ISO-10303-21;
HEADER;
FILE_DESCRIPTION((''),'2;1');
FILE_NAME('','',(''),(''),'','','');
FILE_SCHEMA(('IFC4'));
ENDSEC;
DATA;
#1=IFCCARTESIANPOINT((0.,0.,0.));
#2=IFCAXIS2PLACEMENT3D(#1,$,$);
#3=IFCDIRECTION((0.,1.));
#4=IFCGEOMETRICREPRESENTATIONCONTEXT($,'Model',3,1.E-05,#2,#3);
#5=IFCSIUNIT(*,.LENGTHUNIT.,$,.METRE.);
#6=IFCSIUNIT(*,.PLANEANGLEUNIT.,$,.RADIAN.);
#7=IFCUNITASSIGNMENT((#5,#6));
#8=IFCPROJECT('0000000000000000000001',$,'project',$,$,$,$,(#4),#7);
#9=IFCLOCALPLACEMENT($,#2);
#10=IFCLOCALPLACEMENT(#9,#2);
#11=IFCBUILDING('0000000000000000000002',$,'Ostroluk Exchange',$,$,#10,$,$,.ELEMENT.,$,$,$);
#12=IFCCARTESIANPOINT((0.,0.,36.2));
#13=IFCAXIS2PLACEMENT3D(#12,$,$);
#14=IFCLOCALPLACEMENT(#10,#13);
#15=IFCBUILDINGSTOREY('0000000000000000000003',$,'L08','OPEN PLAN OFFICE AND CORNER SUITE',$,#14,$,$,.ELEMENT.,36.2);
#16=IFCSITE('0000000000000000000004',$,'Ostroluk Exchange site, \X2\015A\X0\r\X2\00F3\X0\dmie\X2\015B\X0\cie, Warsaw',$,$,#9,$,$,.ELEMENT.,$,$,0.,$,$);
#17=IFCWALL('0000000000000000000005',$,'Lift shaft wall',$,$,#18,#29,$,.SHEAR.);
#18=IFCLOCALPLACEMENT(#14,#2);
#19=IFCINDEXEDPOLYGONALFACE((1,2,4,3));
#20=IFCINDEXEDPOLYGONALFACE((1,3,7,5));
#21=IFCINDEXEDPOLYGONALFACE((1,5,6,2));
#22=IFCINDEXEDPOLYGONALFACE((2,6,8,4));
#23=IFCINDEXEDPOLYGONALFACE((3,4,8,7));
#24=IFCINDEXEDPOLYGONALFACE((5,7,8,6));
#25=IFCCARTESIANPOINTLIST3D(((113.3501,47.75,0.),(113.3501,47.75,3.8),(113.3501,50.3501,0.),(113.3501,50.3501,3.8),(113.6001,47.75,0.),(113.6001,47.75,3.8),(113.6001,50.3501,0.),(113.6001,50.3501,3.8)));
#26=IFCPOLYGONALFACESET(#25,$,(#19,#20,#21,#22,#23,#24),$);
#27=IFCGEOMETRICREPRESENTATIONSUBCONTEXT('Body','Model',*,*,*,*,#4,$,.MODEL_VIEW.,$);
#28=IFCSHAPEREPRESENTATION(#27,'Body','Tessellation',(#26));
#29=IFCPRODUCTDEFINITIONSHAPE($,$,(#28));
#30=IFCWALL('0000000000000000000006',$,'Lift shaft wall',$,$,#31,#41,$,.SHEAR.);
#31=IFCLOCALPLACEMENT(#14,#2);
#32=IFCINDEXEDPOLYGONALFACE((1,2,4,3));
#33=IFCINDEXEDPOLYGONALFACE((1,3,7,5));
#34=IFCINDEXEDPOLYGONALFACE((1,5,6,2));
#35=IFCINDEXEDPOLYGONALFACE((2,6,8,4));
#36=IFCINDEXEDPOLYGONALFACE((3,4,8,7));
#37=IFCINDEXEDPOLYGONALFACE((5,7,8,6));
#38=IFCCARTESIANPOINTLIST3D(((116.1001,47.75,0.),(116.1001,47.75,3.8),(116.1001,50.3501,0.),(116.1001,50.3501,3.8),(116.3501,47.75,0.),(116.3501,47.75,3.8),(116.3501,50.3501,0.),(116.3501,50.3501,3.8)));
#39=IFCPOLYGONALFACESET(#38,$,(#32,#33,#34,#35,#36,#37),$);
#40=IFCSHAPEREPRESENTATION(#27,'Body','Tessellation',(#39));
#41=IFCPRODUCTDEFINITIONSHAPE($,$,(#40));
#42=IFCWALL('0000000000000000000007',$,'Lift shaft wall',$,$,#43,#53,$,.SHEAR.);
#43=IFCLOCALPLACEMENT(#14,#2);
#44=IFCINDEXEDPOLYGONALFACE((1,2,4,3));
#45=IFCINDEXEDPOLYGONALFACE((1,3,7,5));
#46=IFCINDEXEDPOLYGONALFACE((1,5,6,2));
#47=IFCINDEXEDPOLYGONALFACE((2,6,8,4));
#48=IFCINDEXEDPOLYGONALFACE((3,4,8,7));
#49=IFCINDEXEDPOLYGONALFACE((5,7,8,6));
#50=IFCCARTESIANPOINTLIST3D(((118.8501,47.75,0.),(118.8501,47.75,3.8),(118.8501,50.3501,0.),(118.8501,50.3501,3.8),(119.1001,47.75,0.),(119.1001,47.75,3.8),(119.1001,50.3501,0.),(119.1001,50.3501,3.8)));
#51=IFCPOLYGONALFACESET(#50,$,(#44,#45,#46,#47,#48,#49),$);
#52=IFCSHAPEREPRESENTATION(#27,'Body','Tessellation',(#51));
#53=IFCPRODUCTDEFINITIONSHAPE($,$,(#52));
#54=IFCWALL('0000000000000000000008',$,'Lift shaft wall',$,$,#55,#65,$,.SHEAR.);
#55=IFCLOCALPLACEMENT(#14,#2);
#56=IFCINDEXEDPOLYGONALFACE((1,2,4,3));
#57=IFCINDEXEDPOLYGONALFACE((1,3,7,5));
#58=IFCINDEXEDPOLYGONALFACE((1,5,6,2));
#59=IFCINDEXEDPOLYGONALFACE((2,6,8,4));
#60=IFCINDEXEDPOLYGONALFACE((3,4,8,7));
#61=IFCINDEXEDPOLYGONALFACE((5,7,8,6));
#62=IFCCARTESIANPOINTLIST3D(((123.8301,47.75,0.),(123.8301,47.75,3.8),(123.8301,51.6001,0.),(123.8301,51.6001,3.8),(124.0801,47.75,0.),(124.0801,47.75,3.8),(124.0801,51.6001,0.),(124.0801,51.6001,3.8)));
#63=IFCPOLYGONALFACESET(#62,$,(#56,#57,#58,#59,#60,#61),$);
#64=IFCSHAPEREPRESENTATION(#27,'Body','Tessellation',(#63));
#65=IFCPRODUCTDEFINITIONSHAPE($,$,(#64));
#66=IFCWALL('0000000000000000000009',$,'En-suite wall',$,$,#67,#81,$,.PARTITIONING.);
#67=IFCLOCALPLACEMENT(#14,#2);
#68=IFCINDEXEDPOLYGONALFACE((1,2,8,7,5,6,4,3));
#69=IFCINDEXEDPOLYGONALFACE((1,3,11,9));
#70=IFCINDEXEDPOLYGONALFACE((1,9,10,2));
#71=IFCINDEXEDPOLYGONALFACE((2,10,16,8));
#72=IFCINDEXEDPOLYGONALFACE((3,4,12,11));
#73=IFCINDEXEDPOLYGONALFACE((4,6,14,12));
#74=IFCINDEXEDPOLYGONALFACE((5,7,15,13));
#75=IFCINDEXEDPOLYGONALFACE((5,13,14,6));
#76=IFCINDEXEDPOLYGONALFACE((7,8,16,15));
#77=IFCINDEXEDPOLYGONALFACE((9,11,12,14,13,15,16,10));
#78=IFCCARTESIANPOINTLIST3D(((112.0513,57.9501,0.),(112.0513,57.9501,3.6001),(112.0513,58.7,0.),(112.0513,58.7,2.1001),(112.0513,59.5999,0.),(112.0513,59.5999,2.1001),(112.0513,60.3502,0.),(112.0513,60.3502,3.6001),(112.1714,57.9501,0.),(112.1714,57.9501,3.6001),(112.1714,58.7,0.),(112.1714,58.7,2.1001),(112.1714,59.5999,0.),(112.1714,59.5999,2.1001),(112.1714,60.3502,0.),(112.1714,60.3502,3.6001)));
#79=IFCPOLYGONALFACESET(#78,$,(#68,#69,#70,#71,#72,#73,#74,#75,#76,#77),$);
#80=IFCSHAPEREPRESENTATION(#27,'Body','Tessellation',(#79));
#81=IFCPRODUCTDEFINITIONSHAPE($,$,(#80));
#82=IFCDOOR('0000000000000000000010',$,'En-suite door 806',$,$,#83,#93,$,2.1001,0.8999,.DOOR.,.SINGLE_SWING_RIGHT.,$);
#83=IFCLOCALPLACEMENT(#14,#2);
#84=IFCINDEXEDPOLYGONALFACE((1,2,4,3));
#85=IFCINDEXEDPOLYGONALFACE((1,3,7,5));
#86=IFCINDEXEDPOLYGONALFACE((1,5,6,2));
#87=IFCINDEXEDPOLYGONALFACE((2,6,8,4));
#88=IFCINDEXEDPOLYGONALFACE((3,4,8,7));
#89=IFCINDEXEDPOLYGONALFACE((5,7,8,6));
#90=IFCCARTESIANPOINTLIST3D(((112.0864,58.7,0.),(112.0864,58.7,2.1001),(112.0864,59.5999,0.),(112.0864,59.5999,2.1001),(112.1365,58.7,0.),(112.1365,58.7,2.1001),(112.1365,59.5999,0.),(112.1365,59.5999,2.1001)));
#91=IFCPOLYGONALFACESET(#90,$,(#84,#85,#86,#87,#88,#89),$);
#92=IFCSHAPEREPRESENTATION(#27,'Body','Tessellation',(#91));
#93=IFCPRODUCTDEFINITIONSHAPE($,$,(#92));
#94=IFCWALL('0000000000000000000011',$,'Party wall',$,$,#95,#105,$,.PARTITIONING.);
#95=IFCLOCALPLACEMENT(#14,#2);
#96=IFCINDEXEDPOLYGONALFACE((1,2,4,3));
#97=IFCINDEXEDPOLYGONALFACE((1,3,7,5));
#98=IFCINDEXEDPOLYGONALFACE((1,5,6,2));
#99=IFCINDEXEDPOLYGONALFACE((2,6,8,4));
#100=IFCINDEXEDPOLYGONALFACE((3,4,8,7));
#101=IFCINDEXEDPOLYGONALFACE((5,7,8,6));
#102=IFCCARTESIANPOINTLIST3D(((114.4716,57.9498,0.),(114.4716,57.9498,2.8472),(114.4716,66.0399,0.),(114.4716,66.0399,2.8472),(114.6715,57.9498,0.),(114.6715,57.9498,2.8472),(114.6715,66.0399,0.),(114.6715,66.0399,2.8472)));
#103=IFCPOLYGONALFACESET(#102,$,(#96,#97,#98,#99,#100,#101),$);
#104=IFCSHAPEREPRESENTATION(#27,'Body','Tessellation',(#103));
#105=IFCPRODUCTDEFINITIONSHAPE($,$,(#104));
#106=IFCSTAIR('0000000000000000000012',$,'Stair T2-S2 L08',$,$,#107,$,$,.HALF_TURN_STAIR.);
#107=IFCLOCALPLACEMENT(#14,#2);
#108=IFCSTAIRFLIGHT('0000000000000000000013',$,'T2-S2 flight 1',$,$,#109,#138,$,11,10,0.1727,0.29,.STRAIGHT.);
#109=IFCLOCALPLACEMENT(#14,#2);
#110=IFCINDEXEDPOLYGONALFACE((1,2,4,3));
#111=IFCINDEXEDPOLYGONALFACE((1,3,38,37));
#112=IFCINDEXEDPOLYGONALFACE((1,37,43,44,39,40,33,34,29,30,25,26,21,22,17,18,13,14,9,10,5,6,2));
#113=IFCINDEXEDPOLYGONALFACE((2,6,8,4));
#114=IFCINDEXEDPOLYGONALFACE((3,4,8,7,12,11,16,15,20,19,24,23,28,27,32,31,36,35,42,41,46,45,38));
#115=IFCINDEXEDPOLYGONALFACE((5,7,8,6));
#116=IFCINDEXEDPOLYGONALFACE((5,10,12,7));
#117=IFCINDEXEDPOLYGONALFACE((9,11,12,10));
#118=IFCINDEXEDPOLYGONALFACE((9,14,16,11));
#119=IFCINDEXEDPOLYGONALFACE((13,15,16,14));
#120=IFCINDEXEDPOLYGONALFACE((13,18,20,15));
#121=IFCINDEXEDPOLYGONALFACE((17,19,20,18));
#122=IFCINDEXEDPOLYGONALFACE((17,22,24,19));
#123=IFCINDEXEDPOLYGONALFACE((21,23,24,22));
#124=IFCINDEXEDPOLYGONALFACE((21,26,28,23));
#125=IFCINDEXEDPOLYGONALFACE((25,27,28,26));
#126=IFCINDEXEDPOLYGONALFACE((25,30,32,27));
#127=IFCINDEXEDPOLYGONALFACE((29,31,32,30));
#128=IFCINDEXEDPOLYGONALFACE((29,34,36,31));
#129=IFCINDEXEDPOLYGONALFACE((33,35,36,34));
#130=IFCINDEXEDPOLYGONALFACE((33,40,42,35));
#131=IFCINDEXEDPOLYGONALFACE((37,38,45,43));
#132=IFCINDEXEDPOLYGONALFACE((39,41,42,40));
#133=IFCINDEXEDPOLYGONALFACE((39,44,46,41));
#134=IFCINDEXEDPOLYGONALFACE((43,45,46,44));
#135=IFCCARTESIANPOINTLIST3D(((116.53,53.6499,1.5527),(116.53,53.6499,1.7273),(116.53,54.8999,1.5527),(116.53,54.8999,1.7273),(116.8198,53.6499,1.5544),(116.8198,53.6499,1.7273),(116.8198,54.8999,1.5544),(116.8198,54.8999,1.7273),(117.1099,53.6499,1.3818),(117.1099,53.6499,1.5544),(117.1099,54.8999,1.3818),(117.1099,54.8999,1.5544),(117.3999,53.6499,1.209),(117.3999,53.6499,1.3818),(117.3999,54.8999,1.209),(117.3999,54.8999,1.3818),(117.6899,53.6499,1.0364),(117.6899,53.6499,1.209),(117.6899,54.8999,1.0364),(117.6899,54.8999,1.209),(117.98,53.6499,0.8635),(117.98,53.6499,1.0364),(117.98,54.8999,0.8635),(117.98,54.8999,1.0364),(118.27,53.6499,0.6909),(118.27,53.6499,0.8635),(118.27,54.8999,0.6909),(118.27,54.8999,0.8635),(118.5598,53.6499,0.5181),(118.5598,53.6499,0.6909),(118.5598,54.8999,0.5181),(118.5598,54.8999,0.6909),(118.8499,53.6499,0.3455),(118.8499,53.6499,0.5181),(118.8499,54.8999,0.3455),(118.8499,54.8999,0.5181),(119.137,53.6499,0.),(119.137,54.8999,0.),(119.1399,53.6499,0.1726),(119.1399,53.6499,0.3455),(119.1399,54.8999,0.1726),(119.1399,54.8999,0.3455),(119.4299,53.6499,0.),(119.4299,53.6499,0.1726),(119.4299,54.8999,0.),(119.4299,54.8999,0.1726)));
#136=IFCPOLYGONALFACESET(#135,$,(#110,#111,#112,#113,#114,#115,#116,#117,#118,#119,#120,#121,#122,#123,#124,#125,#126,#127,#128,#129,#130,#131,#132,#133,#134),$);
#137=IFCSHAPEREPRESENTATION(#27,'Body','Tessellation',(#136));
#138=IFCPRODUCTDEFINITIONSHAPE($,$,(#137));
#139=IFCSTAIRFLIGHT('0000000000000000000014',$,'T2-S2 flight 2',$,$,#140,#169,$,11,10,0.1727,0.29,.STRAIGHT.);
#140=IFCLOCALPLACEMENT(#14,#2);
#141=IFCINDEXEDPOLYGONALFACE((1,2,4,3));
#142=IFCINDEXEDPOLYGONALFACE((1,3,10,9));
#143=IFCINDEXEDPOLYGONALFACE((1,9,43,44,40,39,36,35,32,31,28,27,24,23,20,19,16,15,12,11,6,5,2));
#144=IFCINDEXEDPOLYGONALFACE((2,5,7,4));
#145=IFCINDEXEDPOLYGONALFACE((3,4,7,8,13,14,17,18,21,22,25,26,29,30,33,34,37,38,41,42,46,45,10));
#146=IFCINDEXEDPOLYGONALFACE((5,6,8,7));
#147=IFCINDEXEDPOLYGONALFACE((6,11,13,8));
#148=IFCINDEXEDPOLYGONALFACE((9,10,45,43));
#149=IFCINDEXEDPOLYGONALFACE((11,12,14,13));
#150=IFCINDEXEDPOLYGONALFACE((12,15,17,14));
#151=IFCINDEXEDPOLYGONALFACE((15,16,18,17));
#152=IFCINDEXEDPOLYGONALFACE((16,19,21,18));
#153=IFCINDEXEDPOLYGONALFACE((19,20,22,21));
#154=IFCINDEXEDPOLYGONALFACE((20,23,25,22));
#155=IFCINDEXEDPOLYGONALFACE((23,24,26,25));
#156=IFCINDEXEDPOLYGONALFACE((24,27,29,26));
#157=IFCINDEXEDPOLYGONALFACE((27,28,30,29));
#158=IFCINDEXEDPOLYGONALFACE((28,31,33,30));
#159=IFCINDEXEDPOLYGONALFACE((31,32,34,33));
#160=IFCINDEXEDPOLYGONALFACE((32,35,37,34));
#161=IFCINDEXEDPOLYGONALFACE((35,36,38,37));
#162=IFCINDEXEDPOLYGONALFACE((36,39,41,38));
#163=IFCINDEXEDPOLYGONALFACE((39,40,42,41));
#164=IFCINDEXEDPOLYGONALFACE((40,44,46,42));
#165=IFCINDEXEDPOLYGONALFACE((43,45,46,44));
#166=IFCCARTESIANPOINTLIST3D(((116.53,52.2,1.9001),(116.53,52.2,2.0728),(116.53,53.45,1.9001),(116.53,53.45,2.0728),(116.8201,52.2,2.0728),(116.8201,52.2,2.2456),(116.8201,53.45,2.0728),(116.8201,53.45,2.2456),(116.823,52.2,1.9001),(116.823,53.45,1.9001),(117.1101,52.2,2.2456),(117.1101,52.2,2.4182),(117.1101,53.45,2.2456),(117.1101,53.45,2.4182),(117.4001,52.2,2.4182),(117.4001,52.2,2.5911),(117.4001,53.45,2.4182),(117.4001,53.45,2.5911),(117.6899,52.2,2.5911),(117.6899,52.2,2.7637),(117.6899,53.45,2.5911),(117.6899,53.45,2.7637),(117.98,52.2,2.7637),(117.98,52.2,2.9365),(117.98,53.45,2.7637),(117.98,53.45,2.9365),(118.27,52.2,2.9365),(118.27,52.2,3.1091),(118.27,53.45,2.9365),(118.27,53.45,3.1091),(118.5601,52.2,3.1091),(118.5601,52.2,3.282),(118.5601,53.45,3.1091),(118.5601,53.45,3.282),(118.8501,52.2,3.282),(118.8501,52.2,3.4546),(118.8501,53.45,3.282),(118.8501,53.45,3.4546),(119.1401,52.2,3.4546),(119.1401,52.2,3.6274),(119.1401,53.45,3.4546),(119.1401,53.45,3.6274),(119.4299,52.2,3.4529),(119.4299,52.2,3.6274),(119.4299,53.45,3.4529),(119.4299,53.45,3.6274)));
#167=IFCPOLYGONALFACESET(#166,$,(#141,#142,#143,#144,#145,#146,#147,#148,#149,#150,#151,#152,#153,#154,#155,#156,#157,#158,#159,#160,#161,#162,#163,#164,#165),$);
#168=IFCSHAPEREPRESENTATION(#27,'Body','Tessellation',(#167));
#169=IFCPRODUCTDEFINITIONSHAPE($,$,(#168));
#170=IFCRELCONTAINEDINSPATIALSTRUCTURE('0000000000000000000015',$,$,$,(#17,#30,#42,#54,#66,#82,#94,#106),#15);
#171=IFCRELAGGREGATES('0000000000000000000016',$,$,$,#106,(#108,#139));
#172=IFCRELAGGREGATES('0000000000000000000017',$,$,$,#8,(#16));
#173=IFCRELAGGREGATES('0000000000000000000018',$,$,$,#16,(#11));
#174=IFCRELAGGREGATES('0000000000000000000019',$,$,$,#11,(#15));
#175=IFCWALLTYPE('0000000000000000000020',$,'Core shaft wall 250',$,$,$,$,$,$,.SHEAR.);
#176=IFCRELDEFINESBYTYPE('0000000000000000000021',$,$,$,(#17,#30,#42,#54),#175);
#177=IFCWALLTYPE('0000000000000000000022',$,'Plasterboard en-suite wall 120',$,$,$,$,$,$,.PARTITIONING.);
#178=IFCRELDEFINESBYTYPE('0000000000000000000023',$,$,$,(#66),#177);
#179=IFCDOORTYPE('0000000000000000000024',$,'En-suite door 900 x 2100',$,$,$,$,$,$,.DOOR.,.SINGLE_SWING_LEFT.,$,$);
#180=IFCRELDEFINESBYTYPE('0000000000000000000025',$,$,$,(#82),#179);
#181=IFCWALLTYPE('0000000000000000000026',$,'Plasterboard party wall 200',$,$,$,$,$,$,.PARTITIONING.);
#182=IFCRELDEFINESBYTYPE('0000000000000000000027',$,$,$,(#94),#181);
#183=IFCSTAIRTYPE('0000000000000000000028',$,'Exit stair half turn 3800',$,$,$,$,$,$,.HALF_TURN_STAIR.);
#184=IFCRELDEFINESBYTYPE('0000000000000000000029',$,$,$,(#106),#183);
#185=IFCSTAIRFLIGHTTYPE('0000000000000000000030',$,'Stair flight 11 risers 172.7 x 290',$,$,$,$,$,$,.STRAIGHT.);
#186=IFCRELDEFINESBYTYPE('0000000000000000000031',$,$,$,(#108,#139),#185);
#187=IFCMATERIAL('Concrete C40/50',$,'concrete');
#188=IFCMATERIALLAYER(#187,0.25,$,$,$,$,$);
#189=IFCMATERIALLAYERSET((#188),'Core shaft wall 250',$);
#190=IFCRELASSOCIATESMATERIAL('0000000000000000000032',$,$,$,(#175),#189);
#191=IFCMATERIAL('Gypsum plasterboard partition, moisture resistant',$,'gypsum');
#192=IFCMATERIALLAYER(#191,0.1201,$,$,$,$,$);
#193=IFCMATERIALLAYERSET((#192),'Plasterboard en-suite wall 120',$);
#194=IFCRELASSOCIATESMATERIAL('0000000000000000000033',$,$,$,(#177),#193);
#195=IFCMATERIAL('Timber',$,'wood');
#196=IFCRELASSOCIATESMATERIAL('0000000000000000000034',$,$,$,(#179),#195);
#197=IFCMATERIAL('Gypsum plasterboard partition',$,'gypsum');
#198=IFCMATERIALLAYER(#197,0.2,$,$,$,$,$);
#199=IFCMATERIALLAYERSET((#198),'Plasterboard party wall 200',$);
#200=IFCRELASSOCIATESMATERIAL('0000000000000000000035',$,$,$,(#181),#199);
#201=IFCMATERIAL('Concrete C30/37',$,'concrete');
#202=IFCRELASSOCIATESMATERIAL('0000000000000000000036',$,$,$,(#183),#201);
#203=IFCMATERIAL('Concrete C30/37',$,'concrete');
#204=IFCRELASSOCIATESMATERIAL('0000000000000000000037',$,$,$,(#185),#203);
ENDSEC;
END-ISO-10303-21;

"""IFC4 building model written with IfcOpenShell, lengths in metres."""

from ifc_helpers import new_model, si_unit, direction, frame, frame_2d, origin, place, context, subcontext, project, spatial, polyline, rectangle, outline, extrude, material, layer, layer_set, type_object, element, fill, aggregate, save


model = new_model("IFC4")

# Units and contexts
model_context = context("Model", 3, precision=1e-05, world=origin(), true_north=direction((0.0, 1.0)))
body_context = subcontext(model_context, "Body", "Model", "MODEL_VIEW")
ifc_project = project(units=[si_unit("LENGTHUNIT", "METRE"), si_unit("PLANEANGLEUNIT", "RADIAN")], contexts=[model_context])

# Site, building, storey
site_placement = place(None, origin())
site = spatial("IfcSite", under=ifc_project, at=site_placement, Name="Ostroluk Exchange site, Śródmieście, Warsaw", CompositionType="ELEMENT", RefElevation=0.0)
building_placement = place(site_placement, origin())
building = spatial("IfcBuilding", under=site, at=building_placement, Name="Ostroluk Exchange", CompositionType="ELEMENT")
storey_placement = place(building_placement, frame((0.0, 0.0, 36.2)))
storey = spatial("IfcBuildingStorey", under=building, at=storey_placement, Name="L08", Description="OPEN PLAN OFFICE AND CORNER SUITE", CompositionType="ELEMENT", Elevation=36.2)

# Shared definitions
ifc_material_1 = material(Name="Concrete C40/50", Category="concrete")
ifc_layer_1 = layer(ifc_material_1, 0.25)
ifc_layer_set_1 = layer_set([ifc_layer_1], Name="Core shaft wall 250")
wall_type_1 = type_object("IfcWallType", Name="Core shaft wall 250", PredefinedType="SHEAR", material=ifc_layer_set_1)

# Walls
for number, where, z_axis, x_axis, name in (
    (1, (113.4751, 47.75, 0.0), (0.0, 0.0, 1.0), (0.0, 1.0, 0.0), "Lift shaft wall"),
    (2, (116.2251, 47.75, 0.0), (0.0, 0.0, 1.0), (0.0, 1.0, 0.0), "Lift shaft wall"),
    (3, (118.9751, 47.75, 0.0), (0.0, 0.0, 1.0), (0.0, 1.0, 0.0), "Lift shaft wall"),
):
    element("IfcWall", number, at=place(storey_placement, frame(where, z_axis=z_axis, x_axis=x_axis)), inside=storey, type_object=wall_type_1, Name=name, PredefinedType="SHEAR", context=body_context, shape_type="SweptSolid", body=[
        extrude(rectangle(XDim=2.6001, YDim=0.25, at=frame_2d((1.3, 0.0))), origin(), (0.0, 0.0, 1.0), 3.8),
    ])
wall_1_placement = place(storey_placement, frame((123.9551, 47.75, 0.0), z_axis=(0.0, 0.0, 1.0), x_axis=(0.0, 1.0, 0.0)))
element("IfcWall", 4, at=wall_1_placement, inside=storey, type_object=wall_type_1, Name="Lift shaft wall", PredefinedType="SHEAR", context=body_context, shape_type="SweptSolid", body=[
    extrude(rectangle(XDim=3.8501, YDim=0.25, at=frame_2d((1.925, 0.0))), origin(), (0.0, 0.0, 1.0), 3.8),
])

# Wall, opening, door
ifc_material_2 = material(Name="Gypsum plasterboard partition, moisture resistant", Category="gypsum")
ifc_layer_2 = layer(ifc_material_2, 0.1201)
ifc_layer_set_2 = layer_set([ifc_layer_2], Name="Plasterboard en-suite wall 120")
wall_type_2 = type_object("IfcWallType", Name="Plasterboard en-suite wall 120", PredefinedType="PARTITIONING", material=ifc_layer_set_2)
wall_2_placement = place(storey_placement, frame((112.1113, 57.95, 0.0), z_axis=(0.0, 0.0, 1.0), x_axis=(0.0, 1.0, 0.0)))
wall_2 = element("IfcWall", 5, at=wall_2_placement, inside=storey, type_object=wall_type_2, Name="En-suite wall", PredefinedType="PARTITIONING", context=body_context, shape_type="SweptSolid", body=[
    extrude(rectangle(XDim=2.4001, YDim=0.1201, at=frame_2d((1.2002, 0.0))), origin(), (0.0, 0.0, 1.0), 3.6001),
])
opening_1_placement = place(wall_2_placement, frame((0.75, 0.0, 0.0)))
opening_1 = element("IfcOpeningElement", 6, at=opening_1_placement, cuts=wall_2, PredefinedType="OPENING", context=body_context, shape_type="SweptSolid", body=[
    extrude(rectangle(XDim=0.8999, YDim=2.1001, at=frame_2d((0.45, 1.05))), frame((0.0, 0.0701, 0.0), z_axis=(0.0, -1.0, 0.0), x_axis=(1.0, 0.0, 0.0)), (0.0, 0.0, 1.0), 0.1401),
])
ifc_material_3 = material(Name="Timber", Category="wood")
door_type_1 = type_object("IfcDoorType", Name="En-suite door 900 x 2100", OperationType="SINGLE_SWING_LEFT", PredefinedType="DOOR", material=ifc_material_3)
door_1_placement = place(opening_1_placement, origin())
door_1 = element("IfcDoor", 7, at=door_1_placement, inside=storey, type_object=door_type_1, Name="En-suite door 806", OperationType="SINGLE_SWING_RIGHT", OverallHeight=2.1001, OverallWidth=0.8999, PredefinedType="DOOR", context=body_context, shape_type="SweptSolid", body=[
    extrude(rectangle(XDim=0.8999, YDim=2.1001, at=frame_2d((0.45, 1.05))), frame((0.0, 0.0249, 0.0), z_axis=(0.0, -1.0, 0.0), x_axis=(1.0, 0.0, 0.0)), (0.0, 0.0, 1.0), 0.05),
])
fill(opening_1, door_1)

# Wall
ifc_material_4 = material(Name="Gypsum plasterboard partition", Category="gypsum")
ifc_layer_3 = layer(ifc_material_4, 0.2)
ifc_layer_set_3 = layer_set([ifc_layer_3], Name="Plasterboard party wall 200")
wall_type_3 = type_object("IfcWallType", Name="Plasterboard party wall 200", PredefinedType="PARTITIONING", material=ifc_layer_set_3)
wall_3_placement = place(storey_placement, frame((114.5715, 57.95, 0.0), z_axis=(0.0, 0.0, 1.0), x_axis=(0.0, 1.0, 0.0)))
element("IfcWall", 8, at=wall_3_placement, inside=storey, type_object=wall_type_3, Name="Party wall", PredefinedType="PARTITIONING", context=body_context, shape_type="SweptSolid", body=[
    extrude(rectangle(XDim=8.0901, YDim=0.2, at=frame_2d((4.0449, 0.0))), origin(), (0.0, 0.0, 1.0), 2.8472),
])

# Stair, stair flights
ifc_material_5 = material(Name="Concrete C30/37", Category="concrete")
stair_type = type_object("IfcStairType", Name="Exit stair half turn 3800", PredefinedType="HALF_TURN_STAIR", material=ifc_material_5)
stair_placement = place(storey_placement, origin())
stair = element("IfcStair", 9, at=stair_placement, inside=storey, type_object=stair_type, Name="Stair T2-S2 L08", PredefinedType="HALF_TURN_STAIR")
ifc_material_6 = material(Name="Concrete C30/37", Category="concrete")
stair_flight_type = type_object("IfcStairFlightType", Name="Stair flight 11 risers 172.7 x 290", PredefinedType="STRAIGHT", material=ifc_material_6)
stair_flight_1_placement = place(storey_placement, frame((119.4299, 54.2749, 0.0), z_axis=(0.0, 0.0, 1.0), x_axis=(-1.0, 0.0, 0.0)))
stair_flight_1 = element("IfcStairFlight", 10, at=stair_flight_1_placement, type_object=stair_flight_type, Name="T2-S2 flight 1", NumberOfRisers=11, NumberOfTreads=10, PredefinedType="STRAIGHT", RiserHeight=0.1727, TreadLength=0.29, context=body_context, shape_type="SweptSolid", body=[
    extrude(outline(polyline([(0.0, 0.0), (0.0, 0.1726), (0.29, 0.1726), (0.29, 0.3455), (0.5801, 0.3455), (0.5801, 0.5181), (0.8701, 0.5181), (0.8701, 0.6909), (1.1599, 0.6909), (1.1599, 0.8635), (1.45, 0.8635), (1.45, 1.0364), (1.74, 1.0364), (1.74, 1.209), (2.03, 1.209), (2.03, 1.3818), (2.3201, 1.3818), (2.3201, 1.5544), (2.6101, 1.5544), (2.6101, 1.7273), (2.8999, 1.7273), (2.8999, 1.8999), (2.8999, 1.5527), (0.293, 0.0), (0.0, 0.0)])), frame((0.0, 0.625, 0.0), z_axis=(0.0, -1.0, 0.0), x_axis=(1.0, 0.0, 0.0)), (0.0, 0.0, 1.0), 1.25),
])
stair_flight_2_placement = place(storey_placement, frame((116.53, 52.825, 1.9001), z_axis=(0.0, 0.0, 1.0), x_axis=(1.0, 0.0, 0.0)))
stair_flight_2 = element("IfcStairFlight", 11, at=stair_flight_2_placement, type_object=stair_flight_type, Name="T2-S2 flight 2", NumberOfRisers=11, NumberOfTreads=10, PredefinedType="STRAIGHT", RiserHeight=0.1727, TreadLength=0.29, context=body_context, shape_type="SweptSolid", body=[
    extrude(outline(polyline([(0.0, 0.0), (0.0, 0.1726), (0.29, 0.1726), (0.29, 0.3455), (0.5801, 0.3455), (0.5801, 0.5181), (0.8701, 0.5181), (0.8701, 0.6909), (1.1599, 0.6909), (1.1599, 0.8635), (1.45, 0.8635), (1.45, 1.0364), (1.74, 1.0364), (1.74, 1.209), (2.03, 1.209), (2.03, 1.3818), (2.3201, 1.3818), (2.3201, 1.5544), (2.6101, 1.5544), (2.6101, 1.7273), (2.8999, 1.7273), (2.8999, 1.8999), (2.8999, 1.5527), (0.293, 0.0), (0.0, 0.0)])), frame((0.0, 0.625, 0.0), z_axis=(0.0, -1.0, 0.0), x_axis=(1.0, 0.0, 0.0)), (0.0, 0.0, 1.0), 1.25),
])
aggregate(stair, [stair_flight_1, stair_flight_2])

save(model, "model.ifc")
